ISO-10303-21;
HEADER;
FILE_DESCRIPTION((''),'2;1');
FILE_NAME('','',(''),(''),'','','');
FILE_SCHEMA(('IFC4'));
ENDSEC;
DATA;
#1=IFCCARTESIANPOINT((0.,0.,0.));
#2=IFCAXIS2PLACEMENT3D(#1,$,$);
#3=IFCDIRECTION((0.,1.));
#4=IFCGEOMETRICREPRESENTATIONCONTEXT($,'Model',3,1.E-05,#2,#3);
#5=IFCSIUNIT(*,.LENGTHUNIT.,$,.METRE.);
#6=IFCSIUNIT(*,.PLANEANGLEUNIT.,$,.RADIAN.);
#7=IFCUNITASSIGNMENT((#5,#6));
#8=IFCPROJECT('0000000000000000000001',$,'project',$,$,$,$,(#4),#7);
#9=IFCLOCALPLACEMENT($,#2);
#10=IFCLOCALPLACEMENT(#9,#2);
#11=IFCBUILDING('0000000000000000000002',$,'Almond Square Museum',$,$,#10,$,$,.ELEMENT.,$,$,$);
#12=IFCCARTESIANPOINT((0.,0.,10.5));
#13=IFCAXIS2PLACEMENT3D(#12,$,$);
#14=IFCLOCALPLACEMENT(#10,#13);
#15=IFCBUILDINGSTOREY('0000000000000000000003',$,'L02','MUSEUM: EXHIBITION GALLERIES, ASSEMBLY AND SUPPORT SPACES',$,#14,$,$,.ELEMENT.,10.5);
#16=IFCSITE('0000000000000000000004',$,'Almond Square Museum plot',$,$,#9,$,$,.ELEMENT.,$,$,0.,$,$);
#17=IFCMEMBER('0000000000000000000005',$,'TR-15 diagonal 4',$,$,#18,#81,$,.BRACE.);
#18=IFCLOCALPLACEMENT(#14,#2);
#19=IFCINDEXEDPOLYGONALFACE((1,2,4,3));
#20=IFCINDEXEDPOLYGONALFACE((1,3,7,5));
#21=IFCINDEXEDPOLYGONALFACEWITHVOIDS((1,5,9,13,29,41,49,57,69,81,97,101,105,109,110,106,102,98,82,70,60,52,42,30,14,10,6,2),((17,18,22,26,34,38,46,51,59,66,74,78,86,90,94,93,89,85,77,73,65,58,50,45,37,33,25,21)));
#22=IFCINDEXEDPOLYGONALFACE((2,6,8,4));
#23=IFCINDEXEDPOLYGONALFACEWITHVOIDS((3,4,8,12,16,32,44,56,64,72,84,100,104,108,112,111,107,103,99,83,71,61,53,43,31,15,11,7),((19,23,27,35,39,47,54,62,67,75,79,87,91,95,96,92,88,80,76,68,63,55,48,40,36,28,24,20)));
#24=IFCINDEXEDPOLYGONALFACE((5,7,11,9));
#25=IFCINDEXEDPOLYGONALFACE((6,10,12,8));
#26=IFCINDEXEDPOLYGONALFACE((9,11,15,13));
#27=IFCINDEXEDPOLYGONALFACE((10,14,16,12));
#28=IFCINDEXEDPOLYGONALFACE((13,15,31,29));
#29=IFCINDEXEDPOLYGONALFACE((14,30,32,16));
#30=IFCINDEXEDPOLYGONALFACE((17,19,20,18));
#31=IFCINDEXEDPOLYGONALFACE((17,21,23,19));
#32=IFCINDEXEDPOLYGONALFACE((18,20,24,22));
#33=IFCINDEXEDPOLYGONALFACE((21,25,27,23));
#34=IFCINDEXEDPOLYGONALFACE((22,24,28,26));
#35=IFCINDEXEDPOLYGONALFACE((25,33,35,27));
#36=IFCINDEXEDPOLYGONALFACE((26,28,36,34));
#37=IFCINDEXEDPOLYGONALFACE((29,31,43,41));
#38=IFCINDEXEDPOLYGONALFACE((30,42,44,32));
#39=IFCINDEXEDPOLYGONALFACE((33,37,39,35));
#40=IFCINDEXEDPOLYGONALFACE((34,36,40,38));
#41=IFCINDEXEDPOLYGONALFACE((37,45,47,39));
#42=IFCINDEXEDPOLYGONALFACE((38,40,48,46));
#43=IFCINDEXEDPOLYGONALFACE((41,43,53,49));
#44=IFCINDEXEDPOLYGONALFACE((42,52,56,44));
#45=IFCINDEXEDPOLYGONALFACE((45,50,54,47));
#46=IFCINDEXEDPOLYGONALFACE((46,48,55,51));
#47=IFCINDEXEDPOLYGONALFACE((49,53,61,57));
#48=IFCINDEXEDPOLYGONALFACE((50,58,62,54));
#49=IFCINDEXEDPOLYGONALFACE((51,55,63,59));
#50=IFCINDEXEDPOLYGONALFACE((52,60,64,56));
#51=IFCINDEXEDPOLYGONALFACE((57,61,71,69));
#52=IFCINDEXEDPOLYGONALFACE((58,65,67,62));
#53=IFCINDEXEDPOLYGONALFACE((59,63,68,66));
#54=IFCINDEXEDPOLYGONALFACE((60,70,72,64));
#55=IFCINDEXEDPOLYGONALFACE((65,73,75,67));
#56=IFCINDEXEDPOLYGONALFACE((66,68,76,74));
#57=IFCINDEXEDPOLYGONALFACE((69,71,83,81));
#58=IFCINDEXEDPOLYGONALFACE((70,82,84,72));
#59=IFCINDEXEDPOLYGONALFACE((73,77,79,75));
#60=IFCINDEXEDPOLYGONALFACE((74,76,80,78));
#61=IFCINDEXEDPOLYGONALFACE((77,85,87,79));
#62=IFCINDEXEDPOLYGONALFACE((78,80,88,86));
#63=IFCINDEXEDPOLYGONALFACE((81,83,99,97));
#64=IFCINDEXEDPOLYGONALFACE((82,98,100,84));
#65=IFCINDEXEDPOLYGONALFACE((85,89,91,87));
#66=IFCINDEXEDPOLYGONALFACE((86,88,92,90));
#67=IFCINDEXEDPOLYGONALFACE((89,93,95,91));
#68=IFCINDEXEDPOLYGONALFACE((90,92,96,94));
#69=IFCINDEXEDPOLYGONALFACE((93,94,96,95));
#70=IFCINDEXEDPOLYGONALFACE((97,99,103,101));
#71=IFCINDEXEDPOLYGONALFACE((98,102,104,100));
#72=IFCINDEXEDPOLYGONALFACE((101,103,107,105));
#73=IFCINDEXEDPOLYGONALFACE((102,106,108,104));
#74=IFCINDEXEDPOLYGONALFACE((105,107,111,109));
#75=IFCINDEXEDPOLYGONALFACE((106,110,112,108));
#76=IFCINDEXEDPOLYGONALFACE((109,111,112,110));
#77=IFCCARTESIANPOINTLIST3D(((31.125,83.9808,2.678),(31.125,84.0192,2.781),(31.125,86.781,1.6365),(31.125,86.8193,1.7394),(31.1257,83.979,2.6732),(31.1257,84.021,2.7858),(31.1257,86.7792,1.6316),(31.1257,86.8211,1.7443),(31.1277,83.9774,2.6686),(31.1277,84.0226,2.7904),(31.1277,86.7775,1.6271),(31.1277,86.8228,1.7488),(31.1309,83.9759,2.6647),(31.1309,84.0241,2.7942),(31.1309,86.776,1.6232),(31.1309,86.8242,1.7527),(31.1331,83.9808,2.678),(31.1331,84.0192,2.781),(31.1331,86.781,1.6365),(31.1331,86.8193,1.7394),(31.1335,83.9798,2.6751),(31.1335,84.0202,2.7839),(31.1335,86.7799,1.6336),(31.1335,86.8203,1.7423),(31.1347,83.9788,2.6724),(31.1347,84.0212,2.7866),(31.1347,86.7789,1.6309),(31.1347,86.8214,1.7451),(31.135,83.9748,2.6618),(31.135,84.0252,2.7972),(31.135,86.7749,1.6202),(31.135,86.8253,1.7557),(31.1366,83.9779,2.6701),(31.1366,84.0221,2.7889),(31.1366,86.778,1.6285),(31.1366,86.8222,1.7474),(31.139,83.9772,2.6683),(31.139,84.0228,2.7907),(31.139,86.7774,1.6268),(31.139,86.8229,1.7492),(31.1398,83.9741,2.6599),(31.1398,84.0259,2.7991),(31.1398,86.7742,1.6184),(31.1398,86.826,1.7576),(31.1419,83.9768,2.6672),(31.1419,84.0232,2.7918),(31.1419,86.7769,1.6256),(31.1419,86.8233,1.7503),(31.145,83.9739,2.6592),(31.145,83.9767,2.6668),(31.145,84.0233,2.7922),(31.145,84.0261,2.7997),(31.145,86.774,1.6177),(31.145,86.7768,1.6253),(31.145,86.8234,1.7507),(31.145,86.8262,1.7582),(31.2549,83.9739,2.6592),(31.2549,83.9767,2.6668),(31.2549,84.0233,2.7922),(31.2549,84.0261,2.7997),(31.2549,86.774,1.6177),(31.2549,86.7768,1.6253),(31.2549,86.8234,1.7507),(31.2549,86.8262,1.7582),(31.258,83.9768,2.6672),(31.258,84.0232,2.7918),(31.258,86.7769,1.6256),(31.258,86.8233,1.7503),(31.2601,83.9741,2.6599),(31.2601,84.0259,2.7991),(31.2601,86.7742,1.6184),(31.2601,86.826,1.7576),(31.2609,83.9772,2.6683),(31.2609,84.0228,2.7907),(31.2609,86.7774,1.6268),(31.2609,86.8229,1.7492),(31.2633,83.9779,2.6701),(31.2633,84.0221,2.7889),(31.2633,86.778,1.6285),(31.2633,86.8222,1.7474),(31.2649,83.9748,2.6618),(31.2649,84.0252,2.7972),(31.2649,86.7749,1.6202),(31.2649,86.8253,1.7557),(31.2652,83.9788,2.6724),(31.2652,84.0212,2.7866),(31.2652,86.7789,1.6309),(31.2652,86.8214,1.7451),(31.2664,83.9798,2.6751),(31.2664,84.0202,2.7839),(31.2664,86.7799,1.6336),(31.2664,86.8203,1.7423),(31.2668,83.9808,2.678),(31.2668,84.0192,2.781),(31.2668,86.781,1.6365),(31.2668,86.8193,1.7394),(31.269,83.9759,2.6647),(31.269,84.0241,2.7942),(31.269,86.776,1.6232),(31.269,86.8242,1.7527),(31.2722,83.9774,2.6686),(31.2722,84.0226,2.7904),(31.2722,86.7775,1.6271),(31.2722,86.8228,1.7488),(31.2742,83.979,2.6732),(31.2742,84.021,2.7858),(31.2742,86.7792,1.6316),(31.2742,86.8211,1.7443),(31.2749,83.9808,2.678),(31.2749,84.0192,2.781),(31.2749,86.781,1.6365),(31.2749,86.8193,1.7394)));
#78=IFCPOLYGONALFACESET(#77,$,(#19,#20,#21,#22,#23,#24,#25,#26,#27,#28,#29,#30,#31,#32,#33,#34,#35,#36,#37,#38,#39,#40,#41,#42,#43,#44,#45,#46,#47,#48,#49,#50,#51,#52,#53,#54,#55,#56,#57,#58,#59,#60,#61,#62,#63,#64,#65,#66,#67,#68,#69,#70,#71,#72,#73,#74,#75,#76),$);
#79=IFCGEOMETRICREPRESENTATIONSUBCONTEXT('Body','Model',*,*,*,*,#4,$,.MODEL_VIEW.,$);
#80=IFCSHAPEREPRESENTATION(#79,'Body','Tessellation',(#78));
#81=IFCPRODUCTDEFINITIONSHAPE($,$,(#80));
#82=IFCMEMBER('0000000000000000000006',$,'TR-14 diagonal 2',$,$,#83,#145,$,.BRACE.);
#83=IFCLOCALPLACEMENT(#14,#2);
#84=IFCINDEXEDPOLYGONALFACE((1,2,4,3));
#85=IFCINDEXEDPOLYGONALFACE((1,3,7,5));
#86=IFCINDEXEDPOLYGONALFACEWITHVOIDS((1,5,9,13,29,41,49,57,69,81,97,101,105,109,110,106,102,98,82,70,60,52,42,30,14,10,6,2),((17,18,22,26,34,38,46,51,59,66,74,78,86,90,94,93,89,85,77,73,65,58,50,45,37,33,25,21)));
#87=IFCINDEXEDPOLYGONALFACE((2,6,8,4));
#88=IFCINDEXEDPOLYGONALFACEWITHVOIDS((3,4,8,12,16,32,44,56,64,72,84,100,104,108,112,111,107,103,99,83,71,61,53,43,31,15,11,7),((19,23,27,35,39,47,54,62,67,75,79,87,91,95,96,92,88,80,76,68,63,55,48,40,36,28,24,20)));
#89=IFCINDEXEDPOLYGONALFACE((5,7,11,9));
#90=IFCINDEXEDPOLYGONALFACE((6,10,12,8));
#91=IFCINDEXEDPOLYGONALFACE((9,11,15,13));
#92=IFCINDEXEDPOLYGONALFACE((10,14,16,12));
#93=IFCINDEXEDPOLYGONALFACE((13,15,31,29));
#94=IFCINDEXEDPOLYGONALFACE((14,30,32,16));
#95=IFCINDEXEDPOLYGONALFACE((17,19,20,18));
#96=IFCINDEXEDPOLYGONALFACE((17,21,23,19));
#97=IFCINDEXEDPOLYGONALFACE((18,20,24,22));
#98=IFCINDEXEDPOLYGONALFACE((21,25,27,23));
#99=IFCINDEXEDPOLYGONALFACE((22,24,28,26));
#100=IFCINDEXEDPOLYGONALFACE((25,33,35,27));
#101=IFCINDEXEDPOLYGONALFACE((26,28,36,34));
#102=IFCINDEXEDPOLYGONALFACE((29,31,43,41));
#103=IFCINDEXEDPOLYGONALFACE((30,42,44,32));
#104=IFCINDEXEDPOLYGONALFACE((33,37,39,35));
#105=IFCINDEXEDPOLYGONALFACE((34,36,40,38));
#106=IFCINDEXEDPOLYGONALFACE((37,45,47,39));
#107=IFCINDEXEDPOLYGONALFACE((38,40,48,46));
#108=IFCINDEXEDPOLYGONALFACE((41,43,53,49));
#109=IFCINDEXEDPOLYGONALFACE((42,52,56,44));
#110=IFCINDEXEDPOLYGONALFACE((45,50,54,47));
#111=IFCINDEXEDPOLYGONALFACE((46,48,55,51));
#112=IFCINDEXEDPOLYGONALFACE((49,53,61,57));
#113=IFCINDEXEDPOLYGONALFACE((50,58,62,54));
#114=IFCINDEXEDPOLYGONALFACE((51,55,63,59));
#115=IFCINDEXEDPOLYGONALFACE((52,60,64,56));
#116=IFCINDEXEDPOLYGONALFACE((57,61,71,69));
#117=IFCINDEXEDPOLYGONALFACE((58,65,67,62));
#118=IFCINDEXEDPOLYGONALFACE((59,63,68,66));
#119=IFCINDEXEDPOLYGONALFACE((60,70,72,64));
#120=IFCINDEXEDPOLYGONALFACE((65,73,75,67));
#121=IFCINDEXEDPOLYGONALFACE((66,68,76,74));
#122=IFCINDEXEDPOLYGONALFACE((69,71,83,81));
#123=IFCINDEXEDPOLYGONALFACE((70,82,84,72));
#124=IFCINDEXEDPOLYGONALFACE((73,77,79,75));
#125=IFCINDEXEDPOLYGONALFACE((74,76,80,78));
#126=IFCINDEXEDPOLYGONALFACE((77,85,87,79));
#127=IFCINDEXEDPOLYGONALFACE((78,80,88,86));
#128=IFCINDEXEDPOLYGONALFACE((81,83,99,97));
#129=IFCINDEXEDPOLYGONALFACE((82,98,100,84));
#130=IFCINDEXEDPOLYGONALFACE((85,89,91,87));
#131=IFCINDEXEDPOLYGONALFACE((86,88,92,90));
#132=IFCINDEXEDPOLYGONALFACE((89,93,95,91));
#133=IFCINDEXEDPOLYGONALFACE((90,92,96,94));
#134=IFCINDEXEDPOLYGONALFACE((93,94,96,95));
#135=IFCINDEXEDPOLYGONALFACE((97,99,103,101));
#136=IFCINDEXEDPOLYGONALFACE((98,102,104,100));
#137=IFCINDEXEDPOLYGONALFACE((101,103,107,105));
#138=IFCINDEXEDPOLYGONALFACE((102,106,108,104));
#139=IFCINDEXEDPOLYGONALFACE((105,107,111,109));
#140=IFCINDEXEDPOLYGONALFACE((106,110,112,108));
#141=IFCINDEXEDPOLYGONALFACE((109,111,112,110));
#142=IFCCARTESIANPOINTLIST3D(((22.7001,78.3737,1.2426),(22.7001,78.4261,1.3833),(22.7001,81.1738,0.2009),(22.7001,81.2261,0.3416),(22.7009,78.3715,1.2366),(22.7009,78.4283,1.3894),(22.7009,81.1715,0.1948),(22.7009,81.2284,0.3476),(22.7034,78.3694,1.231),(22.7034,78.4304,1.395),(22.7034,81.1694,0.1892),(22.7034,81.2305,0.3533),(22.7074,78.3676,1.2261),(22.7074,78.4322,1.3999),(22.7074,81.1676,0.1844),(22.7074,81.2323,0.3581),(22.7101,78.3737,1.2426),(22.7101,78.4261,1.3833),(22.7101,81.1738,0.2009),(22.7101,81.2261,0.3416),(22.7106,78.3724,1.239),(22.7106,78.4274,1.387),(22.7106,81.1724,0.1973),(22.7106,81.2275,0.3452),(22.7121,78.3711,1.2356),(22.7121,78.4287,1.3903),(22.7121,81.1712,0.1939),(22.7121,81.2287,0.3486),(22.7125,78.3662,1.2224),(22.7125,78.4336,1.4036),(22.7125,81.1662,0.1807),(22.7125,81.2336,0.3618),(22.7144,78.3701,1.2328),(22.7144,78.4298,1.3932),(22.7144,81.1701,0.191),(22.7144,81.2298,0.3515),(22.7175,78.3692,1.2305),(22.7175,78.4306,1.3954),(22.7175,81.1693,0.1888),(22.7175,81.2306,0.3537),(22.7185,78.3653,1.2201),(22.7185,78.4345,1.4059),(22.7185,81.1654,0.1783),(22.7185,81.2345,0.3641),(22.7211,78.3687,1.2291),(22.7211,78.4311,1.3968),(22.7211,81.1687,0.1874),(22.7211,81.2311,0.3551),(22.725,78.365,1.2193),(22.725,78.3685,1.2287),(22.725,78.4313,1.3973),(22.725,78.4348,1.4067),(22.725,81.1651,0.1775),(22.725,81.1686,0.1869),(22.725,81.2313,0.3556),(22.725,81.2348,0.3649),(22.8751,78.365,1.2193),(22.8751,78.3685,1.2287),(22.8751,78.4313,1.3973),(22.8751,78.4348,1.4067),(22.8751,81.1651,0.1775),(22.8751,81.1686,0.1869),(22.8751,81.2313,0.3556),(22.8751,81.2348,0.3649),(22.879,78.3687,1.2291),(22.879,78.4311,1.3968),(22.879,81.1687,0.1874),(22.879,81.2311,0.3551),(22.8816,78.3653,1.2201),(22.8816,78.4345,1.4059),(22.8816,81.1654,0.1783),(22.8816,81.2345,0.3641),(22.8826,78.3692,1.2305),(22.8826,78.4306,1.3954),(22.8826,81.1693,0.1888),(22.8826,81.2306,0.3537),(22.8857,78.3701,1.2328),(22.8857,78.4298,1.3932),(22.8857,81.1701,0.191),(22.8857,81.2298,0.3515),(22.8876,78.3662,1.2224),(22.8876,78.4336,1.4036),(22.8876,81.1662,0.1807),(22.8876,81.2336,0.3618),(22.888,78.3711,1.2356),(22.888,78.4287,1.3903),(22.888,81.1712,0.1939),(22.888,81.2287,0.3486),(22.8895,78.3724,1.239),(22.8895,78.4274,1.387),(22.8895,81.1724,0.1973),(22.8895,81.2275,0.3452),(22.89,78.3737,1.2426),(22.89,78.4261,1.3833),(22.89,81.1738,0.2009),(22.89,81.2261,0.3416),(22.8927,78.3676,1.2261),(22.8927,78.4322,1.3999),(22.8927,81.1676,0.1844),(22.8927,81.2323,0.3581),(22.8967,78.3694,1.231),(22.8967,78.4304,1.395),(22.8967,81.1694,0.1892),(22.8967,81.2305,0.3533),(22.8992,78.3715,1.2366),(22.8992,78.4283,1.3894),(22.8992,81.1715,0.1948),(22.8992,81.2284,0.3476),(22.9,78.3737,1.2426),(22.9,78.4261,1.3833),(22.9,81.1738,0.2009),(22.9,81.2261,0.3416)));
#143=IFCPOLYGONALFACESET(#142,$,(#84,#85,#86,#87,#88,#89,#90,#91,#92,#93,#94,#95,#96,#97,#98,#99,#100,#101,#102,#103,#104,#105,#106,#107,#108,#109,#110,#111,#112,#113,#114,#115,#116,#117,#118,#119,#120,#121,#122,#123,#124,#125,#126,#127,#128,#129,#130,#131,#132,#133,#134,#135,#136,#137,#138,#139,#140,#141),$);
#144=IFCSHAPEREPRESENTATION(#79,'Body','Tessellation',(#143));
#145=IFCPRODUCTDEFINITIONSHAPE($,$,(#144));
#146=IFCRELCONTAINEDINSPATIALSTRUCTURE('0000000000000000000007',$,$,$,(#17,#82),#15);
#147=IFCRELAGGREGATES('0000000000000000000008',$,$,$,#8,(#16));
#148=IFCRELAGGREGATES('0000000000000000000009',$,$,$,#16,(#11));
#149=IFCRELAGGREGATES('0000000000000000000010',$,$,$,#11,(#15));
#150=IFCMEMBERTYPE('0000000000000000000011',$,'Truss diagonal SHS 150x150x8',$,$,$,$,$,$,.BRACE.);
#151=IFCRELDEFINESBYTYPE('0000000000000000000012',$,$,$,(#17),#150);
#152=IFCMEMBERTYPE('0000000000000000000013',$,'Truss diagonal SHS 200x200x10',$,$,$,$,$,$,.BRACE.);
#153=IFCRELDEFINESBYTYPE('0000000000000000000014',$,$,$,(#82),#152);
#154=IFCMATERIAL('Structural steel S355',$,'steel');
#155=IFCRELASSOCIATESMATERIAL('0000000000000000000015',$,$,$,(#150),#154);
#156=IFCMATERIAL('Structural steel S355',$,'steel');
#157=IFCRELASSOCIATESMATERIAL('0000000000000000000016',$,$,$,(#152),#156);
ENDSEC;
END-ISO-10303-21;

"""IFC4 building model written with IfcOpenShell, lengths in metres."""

from ifc_helpers import new_model, si_unit, direction, frame, origin, origin_2d, place, context, subcontext, project, spatial, hollow_rectangle, extrude, material, material_profile, profile_set, type_object, element, save


model = new_model("IFC4")

# Units and contexts
model_context = context("Model", 3, precision=1e-05, world=origin(), true_north=direction((0.0, 1.0)))
body_context = subcontext(model_context, "Body", "Model", "MODEL_VIEW")
ifc_project = project(units=[si_unit("LENGTHUNIT", "METRE"), si_unit("PLANEANGLEUNIT", "RADIAN")], contexts=[model_context])

# Site, building, storey
site_placement = place(None, origin())
site = spatial("IfcSite", under=ifc_project, at=site_placement, Name="Almond Square Museum plot", CompositionType="ELEMENT", RefElevation=0.0)
building_placement = place(site_placement, origin())
building = spatial("IfcBuilding", under=site, at=building_placement, Name="Almond Square Museum", CompositionType="ELEMENT")
storey_placement = place(building_placement, frame((0.0, 0.0, 10.5)))
storey = spatial("IfcBuildingStorey", under=building, at=storey_placement, Name="L02", Description="MUSEUM: EXHIBITION GALLERIES, ASSEMBLY AND SUPPORT SPACES", CompositionType="ELEMENT", Elevation=10.5)

# Members
ifc_material_1 = material(Name="Structural steel S355", Category="steel")
ifc_material_profile_1 = material_profile(ifc_material_1, hollow_rectangle(XDim=0.1499, YDim=0.1499, WallThickness=0.0081, InnerFilletRadius=0.012, OuterFilletRadius=0.02, at=origin_2d()))
ifc_profile_set_1 = profile_set([ifc_material_profile_1], Name="Structural steel S355")
member_type_1 = type_object("IfcMemberType", Name="Truss diagonal SHS 150x150x8", PredefinedType="BRACE", material=ifc_profile_set_1)
for number, where, z_axis, x_axis, name in (
    (1, (31.2, 84.0, 2.7295), (0.0, 0.937263, -0.348624), (-1.0, 0.0, 0.0), "TR-15 diagonal 4"),
):
    element("IfcMember", number, at=place(storey_placement, frame(where, z_axis=z_axis, x_axis=x_axis)), inside=storey, type_object=member_type_1, Name=name, PredefinedType="BRACE", context=body_context, shape_type="SweptSolid", body=[
        extrude(hollow_rectangle(XDim=0.1499, YDim=0.1499, WallThickness=0.0081, InnerFilletRadius=0.012, OuterFilletRadius=0.02, at=origin_2d()), origin(), (0.0, 0.0, 1.0), 2.9875),
    ])
ifc_material_2 = material(Name="Structural steel S355", Category="steel")
ifc_material_profile_2 = material_profile(ifc_material_2, hollow_rectangle(XDim=0.2, YDim=0.2, WallThickness=0.01, InnerFilletRadius=0.0149, OuterFilletRadius=0.0249, at=origin_2d()))
ifc_profile_set_2 = profile_set([ifc_material_profile_2], Name="Structural steel S355")
member_type_2 = type_object("IfcMemberType", Name="Truss diagonal SHS 200x200x10", PredefinedType="BRACE", material=ifc_profile_set_2)
for number, where, z_axis, x_axis, name in (
    (2, (22.8, 78.3999, 1.313), (0.0, 0.937236, -0.348695), (-1.0, 0.0, 0.0), "TR-14 diagonal 2"),
):
    element("IfcMember", number, at=place(storey_placement, frame(where, z_axis=z_axis, x_axis=x_axis)), inside=storey, type_object=member_type_2, Name=name, PredefinedType="BRACE", context=body_context, shape_type="SweptSolid", body=[
        extrude(hollow_rectangle(XDim=0.2, YDim=0.2, WallThickness=0.01, InnerFilletRadius=0.0149, OuterFilletRadius=0.0249, at=origin_2d()), origin(), (0.0, 0.0, 1.0), 2.9875),
    ])

save(model, "model.ifc")
